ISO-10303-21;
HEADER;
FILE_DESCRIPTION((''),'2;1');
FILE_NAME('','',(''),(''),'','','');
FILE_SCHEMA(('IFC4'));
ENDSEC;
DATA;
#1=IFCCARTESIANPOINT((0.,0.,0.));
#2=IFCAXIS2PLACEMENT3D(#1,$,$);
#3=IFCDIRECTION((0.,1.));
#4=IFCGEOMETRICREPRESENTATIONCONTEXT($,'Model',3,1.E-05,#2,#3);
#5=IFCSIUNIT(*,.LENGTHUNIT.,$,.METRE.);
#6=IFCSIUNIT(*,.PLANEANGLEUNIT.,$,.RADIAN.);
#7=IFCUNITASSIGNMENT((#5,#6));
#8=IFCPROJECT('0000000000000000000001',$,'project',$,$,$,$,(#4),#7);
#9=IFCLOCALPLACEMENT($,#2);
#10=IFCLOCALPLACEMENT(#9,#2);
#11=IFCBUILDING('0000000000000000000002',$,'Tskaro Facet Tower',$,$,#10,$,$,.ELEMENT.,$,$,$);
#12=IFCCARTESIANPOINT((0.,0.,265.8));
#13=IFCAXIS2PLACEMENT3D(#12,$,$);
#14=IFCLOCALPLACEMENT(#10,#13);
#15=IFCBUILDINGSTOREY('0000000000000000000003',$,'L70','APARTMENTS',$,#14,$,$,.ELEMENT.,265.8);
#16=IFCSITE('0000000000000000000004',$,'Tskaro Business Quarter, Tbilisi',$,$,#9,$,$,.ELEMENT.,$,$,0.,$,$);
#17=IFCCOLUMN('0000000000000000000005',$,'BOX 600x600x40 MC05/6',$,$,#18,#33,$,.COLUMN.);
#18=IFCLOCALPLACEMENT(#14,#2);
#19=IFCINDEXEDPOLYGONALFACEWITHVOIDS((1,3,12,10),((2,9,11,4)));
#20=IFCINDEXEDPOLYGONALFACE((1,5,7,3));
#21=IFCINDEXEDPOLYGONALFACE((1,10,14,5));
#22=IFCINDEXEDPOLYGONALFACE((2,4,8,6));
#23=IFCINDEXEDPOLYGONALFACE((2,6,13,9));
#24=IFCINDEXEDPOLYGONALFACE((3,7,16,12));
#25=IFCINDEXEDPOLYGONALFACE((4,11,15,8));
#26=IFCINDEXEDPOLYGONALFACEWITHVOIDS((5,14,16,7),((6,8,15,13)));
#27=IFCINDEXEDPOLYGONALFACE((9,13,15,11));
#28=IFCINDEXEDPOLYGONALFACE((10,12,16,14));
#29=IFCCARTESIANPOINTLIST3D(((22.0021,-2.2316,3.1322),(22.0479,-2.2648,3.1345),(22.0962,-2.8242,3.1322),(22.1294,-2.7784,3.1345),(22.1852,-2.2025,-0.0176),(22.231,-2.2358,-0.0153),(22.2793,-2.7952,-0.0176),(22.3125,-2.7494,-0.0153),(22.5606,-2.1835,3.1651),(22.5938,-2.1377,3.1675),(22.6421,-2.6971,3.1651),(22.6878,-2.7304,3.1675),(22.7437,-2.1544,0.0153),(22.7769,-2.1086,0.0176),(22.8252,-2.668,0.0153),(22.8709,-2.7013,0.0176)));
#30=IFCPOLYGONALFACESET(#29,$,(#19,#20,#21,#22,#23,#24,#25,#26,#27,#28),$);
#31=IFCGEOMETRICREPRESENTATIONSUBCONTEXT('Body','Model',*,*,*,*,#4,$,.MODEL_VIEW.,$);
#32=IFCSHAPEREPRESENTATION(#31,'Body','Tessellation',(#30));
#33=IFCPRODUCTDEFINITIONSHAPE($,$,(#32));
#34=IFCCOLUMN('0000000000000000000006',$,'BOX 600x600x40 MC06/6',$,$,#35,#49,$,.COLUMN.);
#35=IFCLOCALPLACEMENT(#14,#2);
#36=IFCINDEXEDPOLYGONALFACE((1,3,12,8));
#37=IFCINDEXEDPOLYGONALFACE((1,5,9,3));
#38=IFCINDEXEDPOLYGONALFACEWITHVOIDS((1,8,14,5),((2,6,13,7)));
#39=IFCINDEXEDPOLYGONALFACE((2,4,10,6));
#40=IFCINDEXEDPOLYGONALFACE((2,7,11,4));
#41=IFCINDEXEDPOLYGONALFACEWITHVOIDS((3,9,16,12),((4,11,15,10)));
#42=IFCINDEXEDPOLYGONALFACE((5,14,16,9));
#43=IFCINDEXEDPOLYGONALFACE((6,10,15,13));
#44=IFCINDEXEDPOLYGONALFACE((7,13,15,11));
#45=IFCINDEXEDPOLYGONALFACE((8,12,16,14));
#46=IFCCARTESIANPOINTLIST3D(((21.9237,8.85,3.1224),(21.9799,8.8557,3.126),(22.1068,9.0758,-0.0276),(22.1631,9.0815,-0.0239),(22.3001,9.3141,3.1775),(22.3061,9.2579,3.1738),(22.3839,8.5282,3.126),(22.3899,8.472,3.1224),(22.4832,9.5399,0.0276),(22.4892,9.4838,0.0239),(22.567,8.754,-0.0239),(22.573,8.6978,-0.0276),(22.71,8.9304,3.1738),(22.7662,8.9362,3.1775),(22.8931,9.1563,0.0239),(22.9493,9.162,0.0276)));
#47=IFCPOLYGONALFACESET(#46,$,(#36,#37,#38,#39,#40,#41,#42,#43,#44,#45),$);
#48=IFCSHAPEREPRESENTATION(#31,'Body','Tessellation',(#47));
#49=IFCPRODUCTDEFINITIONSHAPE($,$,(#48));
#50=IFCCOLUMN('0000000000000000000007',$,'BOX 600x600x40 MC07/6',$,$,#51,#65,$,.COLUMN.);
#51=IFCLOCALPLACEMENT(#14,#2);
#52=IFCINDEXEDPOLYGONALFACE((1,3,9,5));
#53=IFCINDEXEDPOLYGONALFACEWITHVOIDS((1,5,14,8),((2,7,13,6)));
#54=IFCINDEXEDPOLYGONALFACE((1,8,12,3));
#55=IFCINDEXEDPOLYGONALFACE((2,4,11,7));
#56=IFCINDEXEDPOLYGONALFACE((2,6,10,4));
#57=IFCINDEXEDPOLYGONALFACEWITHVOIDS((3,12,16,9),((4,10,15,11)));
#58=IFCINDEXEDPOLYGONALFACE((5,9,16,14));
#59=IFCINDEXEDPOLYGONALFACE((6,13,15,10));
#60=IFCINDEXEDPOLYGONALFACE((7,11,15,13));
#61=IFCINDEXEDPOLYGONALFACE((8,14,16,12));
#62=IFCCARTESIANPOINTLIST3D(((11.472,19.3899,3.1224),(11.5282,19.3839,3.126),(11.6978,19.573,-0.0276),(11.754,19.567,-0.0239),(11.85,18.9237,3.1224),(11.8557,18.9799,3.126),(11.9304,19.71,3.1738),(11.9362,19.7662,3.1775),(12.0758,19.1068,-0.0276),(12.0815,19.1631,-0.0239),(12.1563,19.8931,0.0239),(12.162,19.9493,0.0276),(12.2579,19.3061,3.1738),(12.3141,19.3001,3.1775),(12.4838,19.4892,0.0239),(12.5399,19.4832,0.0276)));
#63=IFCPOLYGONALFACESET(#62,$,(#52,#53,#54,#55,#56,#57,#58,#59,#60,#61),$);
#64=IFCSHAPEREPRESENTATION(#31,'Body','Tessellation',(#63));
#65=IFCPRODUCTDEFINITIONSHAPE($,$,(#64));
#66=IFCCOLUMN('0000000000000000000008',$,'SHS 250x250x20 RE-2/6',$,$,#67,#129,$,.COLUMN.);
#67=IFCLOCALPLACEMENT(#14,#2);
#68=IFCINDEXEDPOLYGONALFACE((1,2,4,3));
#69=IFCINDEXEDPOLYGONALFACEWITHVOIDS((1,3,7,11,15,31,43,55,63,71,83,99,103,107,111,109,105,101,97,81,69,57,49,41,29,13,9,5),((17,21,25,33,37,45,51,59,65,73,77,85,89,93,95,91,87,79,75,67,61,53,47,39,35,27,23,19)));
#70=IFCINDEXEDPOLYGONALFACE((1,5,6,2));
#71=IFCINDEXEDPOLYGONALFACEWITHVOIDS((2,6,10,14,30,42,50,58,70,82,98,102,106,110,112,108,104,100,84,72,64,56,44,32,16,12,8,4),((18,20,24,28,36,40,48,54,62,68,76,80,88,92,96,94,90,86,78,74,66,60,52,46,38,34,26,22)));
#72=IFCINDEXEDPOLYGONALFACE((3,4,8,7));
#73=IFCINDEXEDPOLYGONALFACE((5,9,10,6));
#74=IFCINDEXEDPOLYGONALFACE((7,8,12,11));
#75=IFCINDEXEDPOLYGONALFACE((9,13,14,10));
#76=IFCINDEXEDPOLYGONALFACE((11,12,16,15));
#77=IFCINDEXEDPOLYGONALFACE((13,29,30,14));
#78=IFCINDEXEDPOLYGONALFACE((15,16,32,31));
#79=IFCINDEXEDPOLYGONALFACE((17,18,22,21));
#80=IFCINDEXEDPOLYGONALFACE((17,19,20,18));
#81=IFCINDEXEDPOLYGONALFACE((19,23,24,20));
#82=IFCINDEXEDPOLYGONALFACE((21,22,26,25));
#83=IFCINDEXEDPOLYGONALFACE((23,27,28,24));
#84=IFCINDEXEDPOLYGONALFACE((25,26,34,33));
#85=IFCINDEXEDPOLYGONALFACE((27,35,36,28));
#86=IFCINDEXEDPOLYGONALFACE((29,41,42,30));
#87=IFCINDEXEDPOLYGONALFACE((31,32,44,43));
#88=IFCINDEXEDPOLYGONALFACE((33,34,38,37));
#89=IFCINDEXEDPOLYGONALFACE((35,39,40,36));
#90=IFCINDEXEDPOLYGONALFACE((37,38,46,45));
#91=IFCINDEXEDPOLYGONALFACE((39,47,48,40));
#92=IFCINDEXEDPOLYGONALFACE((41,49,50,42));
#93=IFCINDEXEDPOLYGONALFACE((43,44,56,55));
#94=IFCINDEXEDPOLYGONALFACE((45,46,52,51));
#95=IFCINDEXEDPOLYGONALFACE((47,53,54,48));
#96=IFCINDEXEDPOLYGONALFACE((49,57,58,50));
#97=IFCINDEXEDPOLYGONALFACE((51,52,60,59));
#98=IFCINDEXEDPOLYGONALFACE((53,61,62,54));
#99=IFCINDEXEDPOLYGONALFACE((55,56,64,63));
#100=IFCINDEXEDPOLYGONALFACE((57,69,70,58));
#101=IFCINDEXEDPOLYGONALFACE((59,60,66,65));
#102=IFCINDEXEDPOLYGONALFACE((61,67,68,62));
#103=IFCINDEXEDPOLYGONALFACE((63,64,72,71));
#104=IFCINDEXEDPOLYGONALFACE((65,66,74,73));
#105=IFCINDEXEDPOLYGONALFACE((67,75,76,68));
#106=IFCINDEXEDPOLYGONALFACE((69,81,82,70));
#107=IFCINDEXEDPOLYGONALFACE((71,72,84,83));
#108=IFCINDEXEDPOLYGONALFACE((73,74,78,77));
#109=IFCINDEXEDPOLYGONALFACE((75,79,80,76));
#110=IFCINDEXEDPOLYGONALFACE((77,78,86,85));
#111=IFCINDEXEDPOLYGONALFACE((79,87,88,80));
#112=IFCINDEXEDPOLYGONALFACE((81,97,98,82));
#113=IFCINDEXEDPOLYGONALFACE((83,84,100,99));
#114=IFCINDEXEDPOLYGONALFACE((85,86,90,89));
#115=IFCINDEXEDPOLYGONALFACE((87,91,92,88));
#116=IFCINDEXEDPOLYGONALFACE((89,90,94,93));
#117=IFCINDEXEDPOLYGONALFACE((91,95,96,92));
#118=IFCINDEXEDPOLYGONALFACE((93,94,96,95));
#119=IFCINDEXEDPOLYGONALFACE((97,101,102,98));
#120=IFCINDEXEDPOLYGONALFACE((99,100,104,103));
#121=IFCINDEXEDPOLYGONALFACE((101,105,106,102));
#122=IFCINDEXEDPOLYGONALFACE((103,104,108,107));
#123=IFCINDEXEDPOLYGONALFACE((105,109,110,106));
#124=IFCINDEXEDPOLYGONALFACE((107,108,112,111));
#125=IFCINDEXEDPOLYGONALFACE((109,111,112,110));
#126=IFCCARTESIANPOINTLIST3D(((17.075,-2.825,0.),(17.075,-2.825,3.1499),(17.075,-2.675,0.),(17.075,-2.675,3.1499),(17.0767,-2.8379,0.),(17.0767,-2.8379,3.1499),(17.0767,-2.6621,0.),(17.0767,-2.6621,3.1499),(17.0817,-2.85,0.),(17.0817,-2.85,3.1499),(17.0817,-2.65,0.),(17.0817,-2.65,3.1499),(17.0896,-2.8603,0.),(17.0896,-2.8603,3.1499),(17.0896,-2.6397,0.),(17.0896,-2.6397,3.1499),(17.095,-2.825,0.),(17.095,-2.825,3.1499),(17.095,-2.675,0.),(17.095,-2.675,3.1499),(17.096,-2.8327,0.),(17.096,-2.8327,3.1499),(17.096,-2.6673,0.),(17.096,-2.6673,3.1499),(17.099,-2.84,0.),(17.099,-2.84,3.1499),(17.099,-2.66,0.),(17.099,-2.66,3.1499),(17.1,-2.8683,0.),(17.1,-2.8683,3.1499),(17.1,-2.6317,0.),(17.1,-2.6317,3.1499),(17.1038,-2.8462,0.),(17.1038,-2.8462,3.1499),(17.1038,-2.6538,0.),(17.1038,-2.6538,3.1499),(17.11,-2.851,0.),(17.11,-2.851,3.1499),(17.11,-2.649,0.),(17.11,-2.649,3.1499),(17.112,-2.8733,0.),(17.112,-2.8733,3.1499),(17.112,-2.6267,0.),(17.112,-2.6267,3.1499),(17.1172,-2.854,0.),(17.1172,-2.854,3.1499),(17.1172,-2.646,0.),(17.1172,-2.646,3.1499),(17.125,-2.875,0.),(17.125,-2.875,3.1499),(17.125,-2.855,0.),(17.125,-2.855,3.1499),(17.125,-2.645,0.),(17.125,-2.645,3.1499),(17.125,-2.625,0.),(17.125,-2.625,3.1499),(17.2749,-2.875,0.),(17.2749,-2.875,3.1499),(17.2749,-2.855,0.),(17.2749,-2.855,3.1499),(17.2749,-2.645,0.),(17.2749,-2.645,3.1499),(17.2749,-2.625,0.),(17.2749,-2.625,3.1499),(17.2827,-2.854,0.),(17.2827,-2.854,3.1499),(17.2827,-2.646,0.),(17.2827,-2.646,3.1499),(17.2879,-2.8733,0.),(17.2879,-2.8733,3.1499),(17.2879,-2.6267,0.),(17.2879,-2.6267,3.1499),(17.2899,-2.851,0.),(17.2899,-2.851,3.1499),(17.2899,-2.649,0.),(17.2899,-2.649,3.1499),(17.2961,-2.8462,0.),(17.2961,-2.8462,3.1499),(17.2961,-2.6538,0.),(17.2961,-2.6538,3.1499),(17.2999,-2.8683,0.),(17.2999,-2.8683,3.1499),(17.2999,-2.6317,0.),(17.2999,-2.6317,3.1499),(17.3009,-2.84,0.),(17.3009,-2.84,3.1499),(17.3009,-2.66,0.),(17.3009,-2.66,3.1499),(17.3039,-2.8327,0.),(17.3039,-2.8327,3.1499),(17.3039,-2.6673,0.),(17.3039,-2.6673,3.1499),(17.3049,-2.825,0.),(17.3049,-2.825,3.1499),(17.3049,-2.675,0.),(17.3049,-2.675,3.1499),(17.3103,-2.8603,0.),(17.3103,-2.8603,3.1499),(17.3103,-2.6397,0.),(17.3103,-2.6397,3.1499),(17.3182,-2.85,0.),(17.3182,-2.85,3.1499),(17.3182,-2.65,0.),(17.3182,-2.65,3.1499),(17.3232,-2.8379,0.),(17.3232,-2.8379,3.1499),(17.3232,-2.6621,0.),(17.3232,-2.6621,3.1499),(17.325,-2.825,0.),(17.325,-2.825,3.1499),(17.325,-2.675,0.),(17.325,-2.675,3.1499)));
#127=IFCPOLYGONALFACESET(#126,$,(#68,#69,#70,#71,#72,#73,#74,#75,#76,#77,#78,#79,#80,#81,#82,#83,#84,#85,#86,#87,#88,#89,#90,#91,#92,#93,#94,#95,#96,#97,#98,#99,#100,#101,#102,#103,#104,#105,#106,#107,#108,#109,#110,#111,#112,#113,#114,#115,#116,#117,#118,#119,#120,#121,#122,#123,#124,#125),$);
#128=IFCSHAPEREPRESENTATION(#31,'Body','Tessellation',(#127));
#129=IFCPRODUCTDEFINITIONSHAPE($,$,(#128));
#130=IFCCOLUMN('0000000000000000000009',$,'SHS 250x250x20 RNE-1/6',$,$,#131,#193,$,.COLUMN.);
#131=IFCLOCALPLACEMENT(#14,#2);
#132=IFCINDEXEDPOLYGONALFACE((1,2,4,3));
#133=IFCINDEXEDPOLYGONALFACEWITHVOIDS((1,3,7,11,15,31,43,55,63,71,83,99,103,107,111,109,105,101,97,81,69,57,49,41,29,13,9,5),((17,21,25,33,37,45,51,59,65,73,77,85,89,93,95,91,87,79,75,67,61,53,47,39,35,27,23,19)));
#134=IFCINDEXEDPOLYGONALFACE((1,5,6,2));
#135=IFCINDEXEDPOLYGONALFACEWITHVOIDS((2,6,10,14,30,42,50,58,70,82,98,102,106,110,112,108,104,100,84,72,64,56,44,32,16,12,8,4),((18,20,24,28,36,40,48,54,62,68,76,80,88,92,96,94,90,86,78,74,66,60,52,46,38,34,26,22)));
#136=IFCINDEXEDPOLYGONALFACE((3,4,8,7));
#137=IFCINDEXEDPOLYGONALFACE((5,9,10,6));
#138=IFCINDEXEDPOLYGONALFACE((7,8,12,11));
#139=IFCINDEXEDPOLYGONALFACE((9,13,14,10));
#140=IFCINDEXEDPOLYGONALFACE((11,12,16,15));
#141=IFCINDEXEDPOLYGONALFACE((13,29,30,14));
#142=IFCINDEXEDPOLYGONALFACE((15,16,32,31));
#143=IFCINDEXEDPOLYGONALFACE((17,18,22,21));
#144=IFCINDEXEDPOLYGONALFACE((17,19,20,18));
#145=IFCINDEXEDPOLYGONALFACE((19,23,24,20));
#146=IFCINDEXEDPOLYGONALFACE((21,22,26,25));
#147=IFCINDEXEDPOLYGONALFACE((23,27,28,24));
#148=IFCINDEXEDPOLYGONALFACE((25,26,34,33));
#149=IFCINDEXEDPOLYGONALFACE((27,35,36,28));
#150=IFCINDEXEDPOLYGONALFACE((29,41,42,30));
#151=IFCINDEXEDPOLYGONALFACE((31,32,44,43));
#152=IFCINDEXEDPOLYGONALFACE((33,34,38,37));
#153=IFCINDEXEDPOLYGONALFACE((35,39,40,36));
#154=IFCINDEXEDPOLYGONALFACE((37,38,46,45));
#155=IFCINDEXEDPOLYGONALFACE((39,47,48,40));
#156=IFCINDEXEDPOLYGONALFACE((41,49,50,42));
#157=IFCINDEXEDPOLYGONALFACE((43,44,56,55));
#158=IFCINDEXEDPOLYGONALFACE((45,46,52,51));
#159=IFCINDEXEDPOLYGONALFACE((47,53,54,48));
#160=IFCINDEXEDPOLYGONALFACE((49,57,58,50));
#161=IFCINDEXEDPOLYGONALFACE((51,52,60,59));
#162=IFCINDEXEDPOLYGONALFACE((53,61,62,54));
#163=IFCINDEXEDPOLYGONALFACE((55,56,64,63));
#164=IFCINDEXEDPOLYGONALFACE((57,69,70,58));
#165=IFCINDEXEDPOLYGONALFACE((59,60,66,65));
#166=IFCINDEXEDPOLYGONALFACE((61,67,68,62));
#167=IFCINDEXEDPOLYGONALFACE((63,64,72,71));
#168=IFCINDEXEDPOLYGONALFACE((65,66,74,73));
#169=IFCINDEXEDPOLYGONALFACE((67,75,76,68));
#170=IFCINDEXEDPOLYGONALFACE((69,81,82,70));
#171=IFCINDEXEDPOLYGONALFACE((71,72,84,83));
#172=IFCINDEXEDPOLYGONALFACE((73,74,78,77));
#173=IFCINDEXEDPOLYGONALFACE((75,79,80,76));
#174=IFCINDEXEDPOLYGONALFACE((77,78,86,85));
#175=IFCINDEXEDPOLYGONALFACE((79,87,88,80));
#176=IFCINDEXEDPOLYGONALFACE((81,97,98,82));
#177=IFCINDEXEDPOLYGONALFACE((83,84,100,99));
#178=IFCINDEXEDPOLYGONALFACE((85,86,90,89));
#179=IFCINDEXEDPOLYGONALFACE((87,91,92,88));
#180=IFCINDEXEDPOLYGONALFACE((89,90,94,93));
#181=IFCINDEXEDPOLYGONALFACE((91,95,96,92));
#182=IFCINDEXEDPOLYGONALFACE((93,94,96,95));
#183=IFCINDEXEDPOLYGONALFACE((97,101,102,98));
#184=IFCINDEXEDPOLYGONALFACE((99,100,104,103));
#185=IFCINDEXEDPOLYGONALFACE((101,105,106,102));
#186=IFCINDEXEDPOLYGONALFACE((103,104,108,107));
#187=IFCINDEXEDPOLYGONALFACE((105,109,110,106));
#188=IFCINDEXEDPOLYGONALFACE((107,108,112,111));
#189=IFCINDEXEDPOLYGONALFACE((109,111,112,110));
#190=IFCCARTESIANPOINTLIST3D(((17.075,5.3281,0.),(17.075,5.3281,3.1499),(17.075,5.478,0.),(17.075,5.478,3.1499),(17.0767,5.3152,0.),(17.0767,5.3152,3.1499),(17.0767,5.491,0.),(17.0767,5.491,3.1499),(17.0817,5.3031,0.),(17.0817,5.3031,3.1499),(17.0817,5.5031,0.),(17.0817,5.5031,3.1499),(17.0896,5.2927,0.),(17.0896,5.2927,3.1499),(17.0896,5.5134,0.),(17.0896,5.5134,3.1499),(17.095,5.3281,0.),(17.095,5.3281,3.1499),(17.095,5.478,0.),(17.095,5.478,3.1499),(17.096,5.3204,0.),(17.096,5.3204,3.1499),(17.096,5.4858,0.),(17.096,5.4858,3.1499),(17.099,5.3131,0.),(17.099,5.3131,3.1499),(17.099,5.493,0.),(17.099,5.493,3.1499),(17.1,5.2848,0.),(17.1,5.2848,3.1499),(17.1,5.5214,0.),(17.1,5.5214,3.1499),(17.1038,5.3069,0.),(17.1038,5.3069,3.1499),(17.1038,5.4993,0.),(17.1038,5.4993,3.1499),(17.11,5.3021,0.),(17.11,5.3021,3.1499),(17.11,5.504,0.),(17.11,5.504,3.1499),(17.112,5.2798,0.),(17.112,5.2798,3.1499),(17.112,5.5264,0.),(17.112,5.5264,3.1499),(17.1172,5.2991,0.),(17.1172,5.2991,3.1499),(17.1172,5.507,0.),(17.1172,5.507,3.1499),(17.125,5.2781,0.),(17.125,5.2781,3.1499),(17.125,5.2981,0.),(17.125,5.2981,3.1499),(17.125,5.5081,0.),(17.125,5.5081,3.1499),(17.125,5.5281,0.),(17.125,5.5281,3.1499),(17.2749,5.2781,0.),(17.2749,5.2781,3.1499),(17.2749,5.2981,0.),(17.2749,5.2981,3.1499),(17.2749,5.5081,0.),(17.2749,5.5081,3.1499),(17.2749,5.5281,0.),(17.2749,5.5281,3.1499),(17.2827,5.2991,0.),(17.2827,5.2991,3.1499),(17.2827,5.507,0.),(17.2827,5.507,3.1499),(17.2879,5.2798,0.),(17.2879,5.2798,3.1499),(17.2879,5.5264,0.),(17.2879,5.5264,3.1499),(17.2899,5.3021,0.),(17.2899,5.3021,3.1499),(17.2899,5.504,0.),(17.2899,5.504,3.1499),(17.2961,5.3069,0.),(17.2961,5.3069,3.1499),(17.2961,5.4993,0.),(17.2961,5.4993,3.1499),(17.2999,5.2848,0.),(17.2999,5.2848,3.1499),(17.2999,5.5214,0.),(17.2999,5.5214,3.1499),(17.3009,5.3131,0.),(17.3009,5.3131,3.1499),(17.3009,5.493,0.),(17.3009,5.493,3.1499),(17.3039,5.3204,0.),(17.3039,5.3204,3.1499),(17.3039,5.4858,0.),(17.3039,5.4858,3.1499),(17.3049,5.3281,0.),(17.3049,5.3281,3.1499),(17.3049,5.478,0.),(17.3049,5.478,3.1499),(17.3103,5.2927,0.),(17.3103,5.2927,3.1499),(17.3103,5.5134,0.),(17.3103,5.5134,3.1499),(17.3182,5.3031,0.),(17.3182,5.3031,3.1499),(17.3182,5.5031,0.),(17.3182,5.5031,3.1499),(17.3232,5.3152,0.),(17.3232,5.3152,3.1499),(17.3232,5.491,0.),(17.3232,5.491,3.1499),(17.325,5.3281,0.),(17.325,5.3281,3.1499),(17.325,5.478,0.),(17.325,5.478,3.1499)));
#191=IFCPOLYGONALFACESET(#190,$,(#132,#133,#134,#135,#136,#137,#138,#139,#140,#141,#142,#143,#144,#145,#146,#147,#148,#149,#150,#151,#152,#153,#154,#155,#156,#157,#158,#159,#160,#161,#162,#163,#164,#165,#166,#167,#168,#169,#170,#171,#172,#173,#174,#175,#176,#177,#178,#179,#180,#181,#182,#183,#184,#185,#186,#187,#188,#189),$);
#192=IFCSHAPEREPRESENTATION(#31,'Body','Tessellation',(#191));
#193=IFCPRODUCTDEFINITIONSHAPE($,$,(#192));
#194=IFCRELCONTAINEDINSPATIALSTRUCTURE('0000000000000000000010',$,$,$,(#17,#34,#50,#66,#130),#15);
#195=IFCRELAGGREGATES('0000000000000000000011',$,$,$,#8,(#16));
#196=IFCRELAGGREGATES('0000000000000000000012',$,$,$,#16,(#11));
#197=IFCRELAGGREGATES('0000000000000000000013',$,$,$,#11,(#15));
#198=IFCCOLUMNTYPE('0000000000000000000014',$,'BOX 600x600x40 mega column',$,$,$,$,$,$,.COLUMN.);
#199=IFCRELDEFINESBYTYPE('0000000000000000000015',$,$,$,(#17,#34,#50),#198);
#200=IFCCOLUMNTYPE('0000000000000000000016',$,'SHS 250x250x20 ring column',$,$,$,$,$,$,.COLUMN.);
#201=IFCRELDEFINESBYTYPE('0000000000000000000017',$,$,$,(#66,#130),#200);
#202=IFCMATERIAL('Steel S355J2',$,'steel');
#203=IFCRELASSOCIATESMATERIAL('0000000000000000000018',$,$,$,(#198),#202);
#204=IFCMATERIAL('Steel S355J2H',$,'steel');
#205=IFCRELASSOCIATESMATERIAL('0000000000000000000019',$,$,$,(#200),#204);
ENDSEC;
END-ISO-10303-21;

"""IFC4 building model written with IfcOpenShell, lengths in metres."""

from ifc_helpers import new_model, si_unit, direction, frame, origin, origin_2d, place, context, subcontext, project, spatial, hollow_rectangle, extrude, material, material_profile, profile_set, type_object, element, save


model = new_model("IFC4")

# Units and contexts
model_context = context("Model", 3, precision=1e-05, world=origin(), true_north=direction((0.0, 1.0)))
body_context = subcontext(model_context, "Body", "Model", "MODEL_VIEW")
ifc_project = project(units=[si_unit("LENGTHUNIT", "METRE"), si_unit("PLANEANGLEUNIT", "RADIAN")], contexts=[model_context])

# Site, building, storey
site_placement = place(None, origin())
site = spatial("IfcSite", under=ifc_project, at=site_placement, Name="Tskaro Business Quarter, Tbilisi", CompositionType="ELEMENT", RefElevation=0.0)
building_placement = place(site_placement, origin())
building = spatial("IfcBuilding", under=site, at=building_placement, Name="Tskaro Facet Tower", CompositionType="ELEMENT")
storey_placement = place(building_placement, frame((0.0, 0.0, 265.8)))
storey = spatial("IfcBuildingStorey", under=building, at=storey_placement, Name="L70", Description="APARTMENTS", CompositionType="ELEMENT", Elevation=265.8)

# Columns
ifc_material_1 = material(Name="Steel S355J2", Category="steel")
ifc_material_profile_1 = material_profile(ifc_material_1, hollow_rectangle(XDim=0.6001, YDim=0.6001, WallThickness=0.04, at=origin_2d()), Name="BOX 600x600x40")
ifc_profile_set_1 = profile_set([ifc_material_profile_1], Name="Steel S355J2")
column_type_1 = type_object("IfcColumnType", Name="BOX 600x600x40 mega column", PredefinedType="COLUMN", material=ifc_profile_set_1)
column_placement = place(storey_placement, frame((22.5281, -2.4519, 0.0), z_axis=(-0.05803, -0.009207, 0.998272), x_axis=(0.156706, -0.987645, 0.0)))
element("IfcColumn", 1, at=column_placement, inside=storey, type_object=column_type_1, Name="BOX 600x600x40 MC05/6", PredefinedType="COLUMN", context=body_context, shape_type="SweptSolid", body=[
    extrude(hollow_rectangle(XDim=0.6001, YDim=0.6001, WallThickness=0.04, at=origin_2d()), origin(), (0.0, 0.0, 1.0), 3.1553),
])
for number, where, z_axis, x_axis, name in (
    (2, (22.5281, 9.1189, 0.0), (-0.057884, -0.071391, 0.995767), (0.776756, -0.629802, 0.0), "BOX 600x600x40 MC06/6"),
    (3, (12.1189, 19.5281, 0.0), (-0.071391, -0.057884, 0.995767), (0.629802, -0.776756, 0.0), "BOX 600x600x40 MC07/6"),
):
    element("IfcColumn", number, at=place(storey_placement, frame(where, z_axis=z_axis, x_axis=x_axis)), inside=storey, type_object=column_type_1, Name=name, PredefinedType="COLUMN", context=body_context, shape_type="SweptSolid", body=[
        extrude(hollow_rectangle(XDim=0.6001, YDim=0.6001, WallThickness=0.04, at=origin_2d()), origin(), (0.0, 0.0, 1.0), 3.1633),
    ])
ifc_material_2 = material(Name="Steel S355J2H", Category="steel")
ifc_material_profile_2 = material_profile(ifc_material_2, hollow_rectangle(XDim=0.25, YDim=0.25, WallThickness=0.02, InnerFilletRadius=0.03, OuterFilletRadius=0.05, at=origin_2d()), Name="SHS 250x250x20")
ifc_profile_set_2 = profile_set([ifc_material_profile_2], Name="Steel S355J2H")
column_type_2 = type_object("IfcColumnType", Name="SHS 250x250x20 ring column", PredefinedType="COLUMN", material=ifc_profile_set_2)
for number, where, z_axis, x_axis, name in (
    (4, (17.2, -2.75, 0.0), (0.0, 0.0, 1.0), (1.0, 0.0, 0.0), "SHS 250x250x20 RE-2/6"),
    (5, (17.2, 5.4031, 0.0), (0.0, 0.0, 1.0), (1.0, 0.0, 0.0), "SHS 250x250x20 RNE-1/6"),
):
    element("IfcColumn", number, at=place(storey_placement, frame(where, z_axis=z_axis, x_axis=x_axis)), inside=storey, type_object=column_type_2, Name=name, PredefinedType="COLUMN", context=body_context, shape_type="SweptSolid", body=[
        extrude(hollow_rectangle(XDim=0.25, YDim=0.25, WallThickness=0.02, InnerFilletRadius=0.03, OuterFilletRadius=0.05, at=origin_2d()), origin(), (0.0, 0.0, 1.0), 3.1499),
    ])

save(model, "model.ifc")
